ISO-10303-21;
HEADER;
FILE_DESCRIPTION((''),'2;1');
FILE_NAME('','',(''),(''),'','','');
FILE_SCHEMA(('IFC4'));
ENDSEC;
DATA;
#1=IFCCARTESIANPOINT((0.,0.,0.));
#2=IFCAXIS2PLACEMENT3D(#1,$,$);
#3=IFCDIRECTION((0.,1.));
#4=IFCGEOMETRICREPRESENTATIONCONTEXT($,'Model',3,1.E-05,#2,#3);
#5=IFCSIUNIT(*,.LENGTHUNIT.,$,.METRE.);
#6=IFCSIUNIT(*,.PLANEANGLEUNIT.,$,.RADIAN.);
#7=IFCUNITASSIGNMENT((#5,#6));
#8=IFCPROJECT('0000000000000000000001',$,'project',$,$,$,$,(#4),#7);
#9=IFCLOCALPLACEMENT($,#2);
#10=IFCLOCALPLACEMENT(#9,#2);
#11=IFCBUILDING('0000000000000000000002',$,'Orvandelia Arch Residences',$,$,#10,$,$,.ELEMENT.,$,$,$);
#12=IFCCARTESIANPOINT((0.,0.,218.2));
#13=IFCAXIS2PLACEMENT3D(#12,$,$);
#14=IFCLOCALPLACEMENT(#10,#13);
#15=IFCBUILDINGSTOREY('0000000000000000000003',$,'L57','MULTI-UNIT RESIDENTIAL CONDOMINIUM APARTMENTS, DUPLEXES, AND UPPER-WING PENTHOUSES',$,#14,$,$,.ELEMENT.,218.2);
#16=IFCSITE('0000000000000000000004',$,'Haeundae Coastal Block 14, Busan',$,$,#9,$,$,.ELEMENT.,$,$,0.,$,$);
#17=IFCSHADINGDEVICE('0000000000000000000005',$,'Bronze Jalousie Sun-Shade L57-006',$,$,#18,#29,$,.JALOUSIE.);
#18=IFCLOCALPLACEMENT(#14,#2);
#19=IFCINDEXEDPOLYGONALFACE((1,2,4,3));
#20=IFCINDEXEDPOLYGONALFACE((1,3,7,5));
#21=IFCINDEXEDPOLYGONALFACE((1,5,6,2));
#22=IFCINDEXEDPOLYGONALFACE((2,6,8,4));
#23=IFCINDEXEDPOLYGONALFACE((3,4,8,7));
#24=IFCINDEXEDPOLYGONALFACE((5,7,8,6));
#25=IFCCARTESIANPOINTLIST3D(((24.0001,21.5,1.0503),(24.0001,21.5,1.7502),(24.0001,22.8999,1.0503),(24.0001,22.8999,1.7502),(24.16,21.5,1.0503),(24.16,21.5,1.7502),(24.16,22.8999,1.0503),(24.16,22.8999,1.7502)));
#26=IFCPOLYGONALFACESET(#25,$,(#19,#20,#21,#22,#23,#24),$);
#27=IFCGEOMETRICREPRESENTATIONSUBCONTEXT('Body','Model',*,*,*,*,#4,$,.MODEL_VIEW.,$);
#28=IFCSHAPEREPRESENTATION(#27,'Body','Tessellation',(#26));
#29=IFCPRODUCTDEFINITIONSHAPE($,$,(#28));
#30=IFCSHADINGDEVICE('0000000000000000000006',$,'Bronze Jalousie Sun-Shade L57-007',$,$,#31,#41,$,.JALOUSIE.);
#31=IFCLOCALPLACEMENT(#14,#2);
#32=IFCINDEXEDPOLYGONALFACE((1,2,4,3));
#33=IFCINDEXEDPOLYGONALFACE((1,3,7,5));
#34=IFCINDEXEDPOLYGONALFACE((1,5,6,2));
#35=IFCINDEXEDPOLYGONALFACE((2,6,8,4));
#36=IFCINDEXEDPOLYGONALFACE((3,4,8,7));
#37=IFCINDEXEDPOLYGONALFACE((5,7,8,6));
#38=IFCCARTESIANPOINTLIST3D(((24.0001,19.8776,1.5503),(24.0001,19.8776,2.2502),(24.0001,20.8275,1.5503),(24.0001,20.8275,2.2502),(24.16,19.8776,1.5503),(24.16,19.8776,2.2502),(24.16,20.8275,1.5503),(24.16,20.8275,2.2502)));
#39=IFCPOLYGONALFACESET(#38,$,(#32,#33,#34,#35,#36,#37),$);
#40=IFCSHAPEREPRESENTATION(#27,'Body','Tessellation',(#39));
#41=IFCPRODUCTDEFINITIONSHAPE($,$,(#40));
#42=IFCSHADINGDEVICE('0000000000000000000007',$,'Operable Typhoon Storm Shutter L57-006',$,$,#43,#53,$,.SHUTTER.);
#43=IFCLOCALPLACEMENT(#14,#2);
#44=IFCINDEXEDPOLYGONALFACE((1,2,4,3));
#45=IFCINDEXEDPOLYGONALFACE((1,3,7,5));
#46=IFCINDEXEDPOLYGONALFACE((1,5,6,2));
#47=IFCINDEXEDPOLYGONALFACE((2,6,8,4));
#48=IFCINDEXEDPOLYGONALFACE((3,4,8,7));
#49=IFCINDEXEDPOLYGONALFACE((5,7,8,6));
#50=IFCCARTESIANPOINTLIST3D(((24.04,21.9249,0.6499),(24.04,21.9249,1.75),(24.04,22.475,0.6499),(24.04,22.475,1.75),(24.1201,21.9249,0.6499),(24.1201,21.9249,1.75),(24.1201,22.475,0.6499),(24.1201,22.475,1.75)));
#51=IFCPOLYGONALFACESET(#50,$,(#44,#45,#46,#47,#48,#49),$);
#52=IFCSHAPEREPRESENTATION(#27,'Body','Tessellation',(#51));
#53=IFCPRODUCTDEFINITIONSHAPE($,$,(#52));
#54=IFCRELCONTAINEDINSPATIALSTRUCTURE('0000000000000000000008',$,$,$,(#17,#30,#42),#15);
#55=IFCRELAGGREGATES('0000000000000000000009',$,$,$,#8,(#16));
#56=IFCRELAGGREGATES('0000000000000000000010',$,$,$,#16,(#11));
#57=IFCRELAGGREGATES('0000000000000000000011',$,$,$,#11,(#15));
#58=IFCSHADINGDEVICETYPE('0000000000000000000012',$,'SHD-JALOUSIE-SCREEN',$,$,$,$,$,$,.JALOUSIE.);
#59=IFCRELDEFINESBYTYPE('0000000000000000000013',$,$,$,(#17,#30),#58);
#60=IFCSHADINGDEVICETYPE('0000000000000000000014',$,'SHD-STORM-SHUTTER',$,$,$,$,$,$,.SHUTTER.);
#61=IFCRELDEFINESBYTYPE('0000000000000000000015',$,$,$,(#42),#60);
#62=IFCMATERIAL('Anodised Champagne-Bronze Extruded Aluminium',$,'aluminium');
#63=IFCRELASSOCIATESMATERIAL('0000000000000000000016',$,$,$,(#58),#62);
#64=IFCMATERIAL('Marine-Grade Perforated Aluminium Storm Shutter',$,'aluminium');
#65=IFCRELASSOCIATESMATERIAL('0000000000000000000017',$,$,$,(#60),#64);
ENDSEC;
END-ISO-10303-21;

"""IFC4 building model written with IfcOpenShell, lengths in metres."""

from ifc_helpers import new_model, si_unit, direction, frame, origin, origin_2d, place, context, subcontext, project, spatial, rectangle, extrude, material, type_object, element, save


model = new_model("IFC4")

# Units and contexts
model_context = context("Model", 3, precision=1e-05, world=origin(), true_north=direction((0.0, 1.0)))
body_context = subcontext(model_context, "Body", "Model", "MODEL_VIEW")
ifc_project = project(units=[si_unit("LENGTHUNIT", "METRE"), si_unit("PLANEANGLEUNIT", "RADIAN")], contexts=[model_context])

# Site, building, storey
site_placement = place(None, origin())
site = spatial("IfcSite", under=ifc_project, at=site_placement, Name="Haeundae Coastal Block 14, Busan", CompositionType="ELEMENT", RefElevation=0.0)
building_placement = place(site_placement, origin())
building = spatial("IfcBuilding", under=site, at=building_placement, Name="Orvandelia Arch Residences", CompositionType="ELEMENT")
storey_placement = place(building_placement, frame((0.0, 0.0, 218.2)))
storey = spatial("IfcBuildingStorey", under=building, at=storey_placement, Name="L57", Description="MULTI-UNIT RESIDENTIAL CONDOMINIUM APARTMENTS, DUPLEXES, AND UPPER-WING PENTHOUSES", CompositionType="ELEMENT", Elevation=218.2)

# Shading devices
ifc_material_1 = material(Name="Anodised Champagne-Bronze Extruded Aluminium", Category="aluminium")
shading_device_type_1 = type_object("IfcShadingDeviceType", Name="SHD-JALOUSIE-SCREEN", PredefinedType="JALOUSIE", material=ifc_material_1)
shading_device_1_placement = place(storey_placement, frame((24.0801, 22.2, 1.0503), z_axis=(0.0, 0.0, 1.0), x_axis=(0.0, -1.0, 0.0)))
element("IfcShadingDevice", 1, at=shading_device_1_placement, inside=storey, type_object=shading_device_type_1, Name="Bronze Jalousie Sun-Shade L57-006", PredefinedType="JALOUSIE", context=body_context, shape_type="SweptSolid", body=[
    extrude(rectangle(XDim=1.3999, YDim=0.1599, at=origin_2d()), origin(), (0.0, 0.0, 1.0), 0.7),
])
shading_device_2_placement = place(storey_placement, frame((24.0801, 20.3525, 1.5503), z_axis=(0.0, 0.0, 1.0), x_axis=(0.0, -1.0, 0.0)))
element("IfcShadingDevice", 2, at=shading_device_2_placement, inside=storey, type_object=shading_device_type_1, Name="Bronze Jalousie Sun-Shade L57-007", PredefinedType="JALOUSIE", context=body_context, shape_type="SweptSolid", body=[
    extrude(rectangle(XDim=0.95, YDim=0.1599, at=origin_2d()), origin(), (0.0, 0.0, 1.0), 0.7),
])
ifc_material_2 = material(Name="Marine-Grade Perforated Aluminium Storm Shutter", Category="aluminium")
shading_device_type_2 = type_object("IfcShadingDeviceType", Name="SHD-STORM-SHUTTER", PredefinedType="SHUTTER", material=ifc_material_2)
shading_device_3_placement = place(storey_placement, frame((24.0801, 22.2, 0.6499), z_axis=(0.0, 0.0, 1.0), x_axis=(0.0, -1.0, 0.0)))
element("IfcShadingDevice", 3, at=shading_device_3_placement, inside=storey, type_object=shading_device_type_2, Name="Operable Typhoon Storm Shutter L57-006", PredefinedType="SHUTTER", context=body_context, shape_type="SweptSolid", body=[
    extrude(rectangle(XDim=0.55, YDim=0.0801, at=origin_2d()), origin(), (0.0, 0.0, 1.0), 1.1001),
])

save(model, "model.ifc")
